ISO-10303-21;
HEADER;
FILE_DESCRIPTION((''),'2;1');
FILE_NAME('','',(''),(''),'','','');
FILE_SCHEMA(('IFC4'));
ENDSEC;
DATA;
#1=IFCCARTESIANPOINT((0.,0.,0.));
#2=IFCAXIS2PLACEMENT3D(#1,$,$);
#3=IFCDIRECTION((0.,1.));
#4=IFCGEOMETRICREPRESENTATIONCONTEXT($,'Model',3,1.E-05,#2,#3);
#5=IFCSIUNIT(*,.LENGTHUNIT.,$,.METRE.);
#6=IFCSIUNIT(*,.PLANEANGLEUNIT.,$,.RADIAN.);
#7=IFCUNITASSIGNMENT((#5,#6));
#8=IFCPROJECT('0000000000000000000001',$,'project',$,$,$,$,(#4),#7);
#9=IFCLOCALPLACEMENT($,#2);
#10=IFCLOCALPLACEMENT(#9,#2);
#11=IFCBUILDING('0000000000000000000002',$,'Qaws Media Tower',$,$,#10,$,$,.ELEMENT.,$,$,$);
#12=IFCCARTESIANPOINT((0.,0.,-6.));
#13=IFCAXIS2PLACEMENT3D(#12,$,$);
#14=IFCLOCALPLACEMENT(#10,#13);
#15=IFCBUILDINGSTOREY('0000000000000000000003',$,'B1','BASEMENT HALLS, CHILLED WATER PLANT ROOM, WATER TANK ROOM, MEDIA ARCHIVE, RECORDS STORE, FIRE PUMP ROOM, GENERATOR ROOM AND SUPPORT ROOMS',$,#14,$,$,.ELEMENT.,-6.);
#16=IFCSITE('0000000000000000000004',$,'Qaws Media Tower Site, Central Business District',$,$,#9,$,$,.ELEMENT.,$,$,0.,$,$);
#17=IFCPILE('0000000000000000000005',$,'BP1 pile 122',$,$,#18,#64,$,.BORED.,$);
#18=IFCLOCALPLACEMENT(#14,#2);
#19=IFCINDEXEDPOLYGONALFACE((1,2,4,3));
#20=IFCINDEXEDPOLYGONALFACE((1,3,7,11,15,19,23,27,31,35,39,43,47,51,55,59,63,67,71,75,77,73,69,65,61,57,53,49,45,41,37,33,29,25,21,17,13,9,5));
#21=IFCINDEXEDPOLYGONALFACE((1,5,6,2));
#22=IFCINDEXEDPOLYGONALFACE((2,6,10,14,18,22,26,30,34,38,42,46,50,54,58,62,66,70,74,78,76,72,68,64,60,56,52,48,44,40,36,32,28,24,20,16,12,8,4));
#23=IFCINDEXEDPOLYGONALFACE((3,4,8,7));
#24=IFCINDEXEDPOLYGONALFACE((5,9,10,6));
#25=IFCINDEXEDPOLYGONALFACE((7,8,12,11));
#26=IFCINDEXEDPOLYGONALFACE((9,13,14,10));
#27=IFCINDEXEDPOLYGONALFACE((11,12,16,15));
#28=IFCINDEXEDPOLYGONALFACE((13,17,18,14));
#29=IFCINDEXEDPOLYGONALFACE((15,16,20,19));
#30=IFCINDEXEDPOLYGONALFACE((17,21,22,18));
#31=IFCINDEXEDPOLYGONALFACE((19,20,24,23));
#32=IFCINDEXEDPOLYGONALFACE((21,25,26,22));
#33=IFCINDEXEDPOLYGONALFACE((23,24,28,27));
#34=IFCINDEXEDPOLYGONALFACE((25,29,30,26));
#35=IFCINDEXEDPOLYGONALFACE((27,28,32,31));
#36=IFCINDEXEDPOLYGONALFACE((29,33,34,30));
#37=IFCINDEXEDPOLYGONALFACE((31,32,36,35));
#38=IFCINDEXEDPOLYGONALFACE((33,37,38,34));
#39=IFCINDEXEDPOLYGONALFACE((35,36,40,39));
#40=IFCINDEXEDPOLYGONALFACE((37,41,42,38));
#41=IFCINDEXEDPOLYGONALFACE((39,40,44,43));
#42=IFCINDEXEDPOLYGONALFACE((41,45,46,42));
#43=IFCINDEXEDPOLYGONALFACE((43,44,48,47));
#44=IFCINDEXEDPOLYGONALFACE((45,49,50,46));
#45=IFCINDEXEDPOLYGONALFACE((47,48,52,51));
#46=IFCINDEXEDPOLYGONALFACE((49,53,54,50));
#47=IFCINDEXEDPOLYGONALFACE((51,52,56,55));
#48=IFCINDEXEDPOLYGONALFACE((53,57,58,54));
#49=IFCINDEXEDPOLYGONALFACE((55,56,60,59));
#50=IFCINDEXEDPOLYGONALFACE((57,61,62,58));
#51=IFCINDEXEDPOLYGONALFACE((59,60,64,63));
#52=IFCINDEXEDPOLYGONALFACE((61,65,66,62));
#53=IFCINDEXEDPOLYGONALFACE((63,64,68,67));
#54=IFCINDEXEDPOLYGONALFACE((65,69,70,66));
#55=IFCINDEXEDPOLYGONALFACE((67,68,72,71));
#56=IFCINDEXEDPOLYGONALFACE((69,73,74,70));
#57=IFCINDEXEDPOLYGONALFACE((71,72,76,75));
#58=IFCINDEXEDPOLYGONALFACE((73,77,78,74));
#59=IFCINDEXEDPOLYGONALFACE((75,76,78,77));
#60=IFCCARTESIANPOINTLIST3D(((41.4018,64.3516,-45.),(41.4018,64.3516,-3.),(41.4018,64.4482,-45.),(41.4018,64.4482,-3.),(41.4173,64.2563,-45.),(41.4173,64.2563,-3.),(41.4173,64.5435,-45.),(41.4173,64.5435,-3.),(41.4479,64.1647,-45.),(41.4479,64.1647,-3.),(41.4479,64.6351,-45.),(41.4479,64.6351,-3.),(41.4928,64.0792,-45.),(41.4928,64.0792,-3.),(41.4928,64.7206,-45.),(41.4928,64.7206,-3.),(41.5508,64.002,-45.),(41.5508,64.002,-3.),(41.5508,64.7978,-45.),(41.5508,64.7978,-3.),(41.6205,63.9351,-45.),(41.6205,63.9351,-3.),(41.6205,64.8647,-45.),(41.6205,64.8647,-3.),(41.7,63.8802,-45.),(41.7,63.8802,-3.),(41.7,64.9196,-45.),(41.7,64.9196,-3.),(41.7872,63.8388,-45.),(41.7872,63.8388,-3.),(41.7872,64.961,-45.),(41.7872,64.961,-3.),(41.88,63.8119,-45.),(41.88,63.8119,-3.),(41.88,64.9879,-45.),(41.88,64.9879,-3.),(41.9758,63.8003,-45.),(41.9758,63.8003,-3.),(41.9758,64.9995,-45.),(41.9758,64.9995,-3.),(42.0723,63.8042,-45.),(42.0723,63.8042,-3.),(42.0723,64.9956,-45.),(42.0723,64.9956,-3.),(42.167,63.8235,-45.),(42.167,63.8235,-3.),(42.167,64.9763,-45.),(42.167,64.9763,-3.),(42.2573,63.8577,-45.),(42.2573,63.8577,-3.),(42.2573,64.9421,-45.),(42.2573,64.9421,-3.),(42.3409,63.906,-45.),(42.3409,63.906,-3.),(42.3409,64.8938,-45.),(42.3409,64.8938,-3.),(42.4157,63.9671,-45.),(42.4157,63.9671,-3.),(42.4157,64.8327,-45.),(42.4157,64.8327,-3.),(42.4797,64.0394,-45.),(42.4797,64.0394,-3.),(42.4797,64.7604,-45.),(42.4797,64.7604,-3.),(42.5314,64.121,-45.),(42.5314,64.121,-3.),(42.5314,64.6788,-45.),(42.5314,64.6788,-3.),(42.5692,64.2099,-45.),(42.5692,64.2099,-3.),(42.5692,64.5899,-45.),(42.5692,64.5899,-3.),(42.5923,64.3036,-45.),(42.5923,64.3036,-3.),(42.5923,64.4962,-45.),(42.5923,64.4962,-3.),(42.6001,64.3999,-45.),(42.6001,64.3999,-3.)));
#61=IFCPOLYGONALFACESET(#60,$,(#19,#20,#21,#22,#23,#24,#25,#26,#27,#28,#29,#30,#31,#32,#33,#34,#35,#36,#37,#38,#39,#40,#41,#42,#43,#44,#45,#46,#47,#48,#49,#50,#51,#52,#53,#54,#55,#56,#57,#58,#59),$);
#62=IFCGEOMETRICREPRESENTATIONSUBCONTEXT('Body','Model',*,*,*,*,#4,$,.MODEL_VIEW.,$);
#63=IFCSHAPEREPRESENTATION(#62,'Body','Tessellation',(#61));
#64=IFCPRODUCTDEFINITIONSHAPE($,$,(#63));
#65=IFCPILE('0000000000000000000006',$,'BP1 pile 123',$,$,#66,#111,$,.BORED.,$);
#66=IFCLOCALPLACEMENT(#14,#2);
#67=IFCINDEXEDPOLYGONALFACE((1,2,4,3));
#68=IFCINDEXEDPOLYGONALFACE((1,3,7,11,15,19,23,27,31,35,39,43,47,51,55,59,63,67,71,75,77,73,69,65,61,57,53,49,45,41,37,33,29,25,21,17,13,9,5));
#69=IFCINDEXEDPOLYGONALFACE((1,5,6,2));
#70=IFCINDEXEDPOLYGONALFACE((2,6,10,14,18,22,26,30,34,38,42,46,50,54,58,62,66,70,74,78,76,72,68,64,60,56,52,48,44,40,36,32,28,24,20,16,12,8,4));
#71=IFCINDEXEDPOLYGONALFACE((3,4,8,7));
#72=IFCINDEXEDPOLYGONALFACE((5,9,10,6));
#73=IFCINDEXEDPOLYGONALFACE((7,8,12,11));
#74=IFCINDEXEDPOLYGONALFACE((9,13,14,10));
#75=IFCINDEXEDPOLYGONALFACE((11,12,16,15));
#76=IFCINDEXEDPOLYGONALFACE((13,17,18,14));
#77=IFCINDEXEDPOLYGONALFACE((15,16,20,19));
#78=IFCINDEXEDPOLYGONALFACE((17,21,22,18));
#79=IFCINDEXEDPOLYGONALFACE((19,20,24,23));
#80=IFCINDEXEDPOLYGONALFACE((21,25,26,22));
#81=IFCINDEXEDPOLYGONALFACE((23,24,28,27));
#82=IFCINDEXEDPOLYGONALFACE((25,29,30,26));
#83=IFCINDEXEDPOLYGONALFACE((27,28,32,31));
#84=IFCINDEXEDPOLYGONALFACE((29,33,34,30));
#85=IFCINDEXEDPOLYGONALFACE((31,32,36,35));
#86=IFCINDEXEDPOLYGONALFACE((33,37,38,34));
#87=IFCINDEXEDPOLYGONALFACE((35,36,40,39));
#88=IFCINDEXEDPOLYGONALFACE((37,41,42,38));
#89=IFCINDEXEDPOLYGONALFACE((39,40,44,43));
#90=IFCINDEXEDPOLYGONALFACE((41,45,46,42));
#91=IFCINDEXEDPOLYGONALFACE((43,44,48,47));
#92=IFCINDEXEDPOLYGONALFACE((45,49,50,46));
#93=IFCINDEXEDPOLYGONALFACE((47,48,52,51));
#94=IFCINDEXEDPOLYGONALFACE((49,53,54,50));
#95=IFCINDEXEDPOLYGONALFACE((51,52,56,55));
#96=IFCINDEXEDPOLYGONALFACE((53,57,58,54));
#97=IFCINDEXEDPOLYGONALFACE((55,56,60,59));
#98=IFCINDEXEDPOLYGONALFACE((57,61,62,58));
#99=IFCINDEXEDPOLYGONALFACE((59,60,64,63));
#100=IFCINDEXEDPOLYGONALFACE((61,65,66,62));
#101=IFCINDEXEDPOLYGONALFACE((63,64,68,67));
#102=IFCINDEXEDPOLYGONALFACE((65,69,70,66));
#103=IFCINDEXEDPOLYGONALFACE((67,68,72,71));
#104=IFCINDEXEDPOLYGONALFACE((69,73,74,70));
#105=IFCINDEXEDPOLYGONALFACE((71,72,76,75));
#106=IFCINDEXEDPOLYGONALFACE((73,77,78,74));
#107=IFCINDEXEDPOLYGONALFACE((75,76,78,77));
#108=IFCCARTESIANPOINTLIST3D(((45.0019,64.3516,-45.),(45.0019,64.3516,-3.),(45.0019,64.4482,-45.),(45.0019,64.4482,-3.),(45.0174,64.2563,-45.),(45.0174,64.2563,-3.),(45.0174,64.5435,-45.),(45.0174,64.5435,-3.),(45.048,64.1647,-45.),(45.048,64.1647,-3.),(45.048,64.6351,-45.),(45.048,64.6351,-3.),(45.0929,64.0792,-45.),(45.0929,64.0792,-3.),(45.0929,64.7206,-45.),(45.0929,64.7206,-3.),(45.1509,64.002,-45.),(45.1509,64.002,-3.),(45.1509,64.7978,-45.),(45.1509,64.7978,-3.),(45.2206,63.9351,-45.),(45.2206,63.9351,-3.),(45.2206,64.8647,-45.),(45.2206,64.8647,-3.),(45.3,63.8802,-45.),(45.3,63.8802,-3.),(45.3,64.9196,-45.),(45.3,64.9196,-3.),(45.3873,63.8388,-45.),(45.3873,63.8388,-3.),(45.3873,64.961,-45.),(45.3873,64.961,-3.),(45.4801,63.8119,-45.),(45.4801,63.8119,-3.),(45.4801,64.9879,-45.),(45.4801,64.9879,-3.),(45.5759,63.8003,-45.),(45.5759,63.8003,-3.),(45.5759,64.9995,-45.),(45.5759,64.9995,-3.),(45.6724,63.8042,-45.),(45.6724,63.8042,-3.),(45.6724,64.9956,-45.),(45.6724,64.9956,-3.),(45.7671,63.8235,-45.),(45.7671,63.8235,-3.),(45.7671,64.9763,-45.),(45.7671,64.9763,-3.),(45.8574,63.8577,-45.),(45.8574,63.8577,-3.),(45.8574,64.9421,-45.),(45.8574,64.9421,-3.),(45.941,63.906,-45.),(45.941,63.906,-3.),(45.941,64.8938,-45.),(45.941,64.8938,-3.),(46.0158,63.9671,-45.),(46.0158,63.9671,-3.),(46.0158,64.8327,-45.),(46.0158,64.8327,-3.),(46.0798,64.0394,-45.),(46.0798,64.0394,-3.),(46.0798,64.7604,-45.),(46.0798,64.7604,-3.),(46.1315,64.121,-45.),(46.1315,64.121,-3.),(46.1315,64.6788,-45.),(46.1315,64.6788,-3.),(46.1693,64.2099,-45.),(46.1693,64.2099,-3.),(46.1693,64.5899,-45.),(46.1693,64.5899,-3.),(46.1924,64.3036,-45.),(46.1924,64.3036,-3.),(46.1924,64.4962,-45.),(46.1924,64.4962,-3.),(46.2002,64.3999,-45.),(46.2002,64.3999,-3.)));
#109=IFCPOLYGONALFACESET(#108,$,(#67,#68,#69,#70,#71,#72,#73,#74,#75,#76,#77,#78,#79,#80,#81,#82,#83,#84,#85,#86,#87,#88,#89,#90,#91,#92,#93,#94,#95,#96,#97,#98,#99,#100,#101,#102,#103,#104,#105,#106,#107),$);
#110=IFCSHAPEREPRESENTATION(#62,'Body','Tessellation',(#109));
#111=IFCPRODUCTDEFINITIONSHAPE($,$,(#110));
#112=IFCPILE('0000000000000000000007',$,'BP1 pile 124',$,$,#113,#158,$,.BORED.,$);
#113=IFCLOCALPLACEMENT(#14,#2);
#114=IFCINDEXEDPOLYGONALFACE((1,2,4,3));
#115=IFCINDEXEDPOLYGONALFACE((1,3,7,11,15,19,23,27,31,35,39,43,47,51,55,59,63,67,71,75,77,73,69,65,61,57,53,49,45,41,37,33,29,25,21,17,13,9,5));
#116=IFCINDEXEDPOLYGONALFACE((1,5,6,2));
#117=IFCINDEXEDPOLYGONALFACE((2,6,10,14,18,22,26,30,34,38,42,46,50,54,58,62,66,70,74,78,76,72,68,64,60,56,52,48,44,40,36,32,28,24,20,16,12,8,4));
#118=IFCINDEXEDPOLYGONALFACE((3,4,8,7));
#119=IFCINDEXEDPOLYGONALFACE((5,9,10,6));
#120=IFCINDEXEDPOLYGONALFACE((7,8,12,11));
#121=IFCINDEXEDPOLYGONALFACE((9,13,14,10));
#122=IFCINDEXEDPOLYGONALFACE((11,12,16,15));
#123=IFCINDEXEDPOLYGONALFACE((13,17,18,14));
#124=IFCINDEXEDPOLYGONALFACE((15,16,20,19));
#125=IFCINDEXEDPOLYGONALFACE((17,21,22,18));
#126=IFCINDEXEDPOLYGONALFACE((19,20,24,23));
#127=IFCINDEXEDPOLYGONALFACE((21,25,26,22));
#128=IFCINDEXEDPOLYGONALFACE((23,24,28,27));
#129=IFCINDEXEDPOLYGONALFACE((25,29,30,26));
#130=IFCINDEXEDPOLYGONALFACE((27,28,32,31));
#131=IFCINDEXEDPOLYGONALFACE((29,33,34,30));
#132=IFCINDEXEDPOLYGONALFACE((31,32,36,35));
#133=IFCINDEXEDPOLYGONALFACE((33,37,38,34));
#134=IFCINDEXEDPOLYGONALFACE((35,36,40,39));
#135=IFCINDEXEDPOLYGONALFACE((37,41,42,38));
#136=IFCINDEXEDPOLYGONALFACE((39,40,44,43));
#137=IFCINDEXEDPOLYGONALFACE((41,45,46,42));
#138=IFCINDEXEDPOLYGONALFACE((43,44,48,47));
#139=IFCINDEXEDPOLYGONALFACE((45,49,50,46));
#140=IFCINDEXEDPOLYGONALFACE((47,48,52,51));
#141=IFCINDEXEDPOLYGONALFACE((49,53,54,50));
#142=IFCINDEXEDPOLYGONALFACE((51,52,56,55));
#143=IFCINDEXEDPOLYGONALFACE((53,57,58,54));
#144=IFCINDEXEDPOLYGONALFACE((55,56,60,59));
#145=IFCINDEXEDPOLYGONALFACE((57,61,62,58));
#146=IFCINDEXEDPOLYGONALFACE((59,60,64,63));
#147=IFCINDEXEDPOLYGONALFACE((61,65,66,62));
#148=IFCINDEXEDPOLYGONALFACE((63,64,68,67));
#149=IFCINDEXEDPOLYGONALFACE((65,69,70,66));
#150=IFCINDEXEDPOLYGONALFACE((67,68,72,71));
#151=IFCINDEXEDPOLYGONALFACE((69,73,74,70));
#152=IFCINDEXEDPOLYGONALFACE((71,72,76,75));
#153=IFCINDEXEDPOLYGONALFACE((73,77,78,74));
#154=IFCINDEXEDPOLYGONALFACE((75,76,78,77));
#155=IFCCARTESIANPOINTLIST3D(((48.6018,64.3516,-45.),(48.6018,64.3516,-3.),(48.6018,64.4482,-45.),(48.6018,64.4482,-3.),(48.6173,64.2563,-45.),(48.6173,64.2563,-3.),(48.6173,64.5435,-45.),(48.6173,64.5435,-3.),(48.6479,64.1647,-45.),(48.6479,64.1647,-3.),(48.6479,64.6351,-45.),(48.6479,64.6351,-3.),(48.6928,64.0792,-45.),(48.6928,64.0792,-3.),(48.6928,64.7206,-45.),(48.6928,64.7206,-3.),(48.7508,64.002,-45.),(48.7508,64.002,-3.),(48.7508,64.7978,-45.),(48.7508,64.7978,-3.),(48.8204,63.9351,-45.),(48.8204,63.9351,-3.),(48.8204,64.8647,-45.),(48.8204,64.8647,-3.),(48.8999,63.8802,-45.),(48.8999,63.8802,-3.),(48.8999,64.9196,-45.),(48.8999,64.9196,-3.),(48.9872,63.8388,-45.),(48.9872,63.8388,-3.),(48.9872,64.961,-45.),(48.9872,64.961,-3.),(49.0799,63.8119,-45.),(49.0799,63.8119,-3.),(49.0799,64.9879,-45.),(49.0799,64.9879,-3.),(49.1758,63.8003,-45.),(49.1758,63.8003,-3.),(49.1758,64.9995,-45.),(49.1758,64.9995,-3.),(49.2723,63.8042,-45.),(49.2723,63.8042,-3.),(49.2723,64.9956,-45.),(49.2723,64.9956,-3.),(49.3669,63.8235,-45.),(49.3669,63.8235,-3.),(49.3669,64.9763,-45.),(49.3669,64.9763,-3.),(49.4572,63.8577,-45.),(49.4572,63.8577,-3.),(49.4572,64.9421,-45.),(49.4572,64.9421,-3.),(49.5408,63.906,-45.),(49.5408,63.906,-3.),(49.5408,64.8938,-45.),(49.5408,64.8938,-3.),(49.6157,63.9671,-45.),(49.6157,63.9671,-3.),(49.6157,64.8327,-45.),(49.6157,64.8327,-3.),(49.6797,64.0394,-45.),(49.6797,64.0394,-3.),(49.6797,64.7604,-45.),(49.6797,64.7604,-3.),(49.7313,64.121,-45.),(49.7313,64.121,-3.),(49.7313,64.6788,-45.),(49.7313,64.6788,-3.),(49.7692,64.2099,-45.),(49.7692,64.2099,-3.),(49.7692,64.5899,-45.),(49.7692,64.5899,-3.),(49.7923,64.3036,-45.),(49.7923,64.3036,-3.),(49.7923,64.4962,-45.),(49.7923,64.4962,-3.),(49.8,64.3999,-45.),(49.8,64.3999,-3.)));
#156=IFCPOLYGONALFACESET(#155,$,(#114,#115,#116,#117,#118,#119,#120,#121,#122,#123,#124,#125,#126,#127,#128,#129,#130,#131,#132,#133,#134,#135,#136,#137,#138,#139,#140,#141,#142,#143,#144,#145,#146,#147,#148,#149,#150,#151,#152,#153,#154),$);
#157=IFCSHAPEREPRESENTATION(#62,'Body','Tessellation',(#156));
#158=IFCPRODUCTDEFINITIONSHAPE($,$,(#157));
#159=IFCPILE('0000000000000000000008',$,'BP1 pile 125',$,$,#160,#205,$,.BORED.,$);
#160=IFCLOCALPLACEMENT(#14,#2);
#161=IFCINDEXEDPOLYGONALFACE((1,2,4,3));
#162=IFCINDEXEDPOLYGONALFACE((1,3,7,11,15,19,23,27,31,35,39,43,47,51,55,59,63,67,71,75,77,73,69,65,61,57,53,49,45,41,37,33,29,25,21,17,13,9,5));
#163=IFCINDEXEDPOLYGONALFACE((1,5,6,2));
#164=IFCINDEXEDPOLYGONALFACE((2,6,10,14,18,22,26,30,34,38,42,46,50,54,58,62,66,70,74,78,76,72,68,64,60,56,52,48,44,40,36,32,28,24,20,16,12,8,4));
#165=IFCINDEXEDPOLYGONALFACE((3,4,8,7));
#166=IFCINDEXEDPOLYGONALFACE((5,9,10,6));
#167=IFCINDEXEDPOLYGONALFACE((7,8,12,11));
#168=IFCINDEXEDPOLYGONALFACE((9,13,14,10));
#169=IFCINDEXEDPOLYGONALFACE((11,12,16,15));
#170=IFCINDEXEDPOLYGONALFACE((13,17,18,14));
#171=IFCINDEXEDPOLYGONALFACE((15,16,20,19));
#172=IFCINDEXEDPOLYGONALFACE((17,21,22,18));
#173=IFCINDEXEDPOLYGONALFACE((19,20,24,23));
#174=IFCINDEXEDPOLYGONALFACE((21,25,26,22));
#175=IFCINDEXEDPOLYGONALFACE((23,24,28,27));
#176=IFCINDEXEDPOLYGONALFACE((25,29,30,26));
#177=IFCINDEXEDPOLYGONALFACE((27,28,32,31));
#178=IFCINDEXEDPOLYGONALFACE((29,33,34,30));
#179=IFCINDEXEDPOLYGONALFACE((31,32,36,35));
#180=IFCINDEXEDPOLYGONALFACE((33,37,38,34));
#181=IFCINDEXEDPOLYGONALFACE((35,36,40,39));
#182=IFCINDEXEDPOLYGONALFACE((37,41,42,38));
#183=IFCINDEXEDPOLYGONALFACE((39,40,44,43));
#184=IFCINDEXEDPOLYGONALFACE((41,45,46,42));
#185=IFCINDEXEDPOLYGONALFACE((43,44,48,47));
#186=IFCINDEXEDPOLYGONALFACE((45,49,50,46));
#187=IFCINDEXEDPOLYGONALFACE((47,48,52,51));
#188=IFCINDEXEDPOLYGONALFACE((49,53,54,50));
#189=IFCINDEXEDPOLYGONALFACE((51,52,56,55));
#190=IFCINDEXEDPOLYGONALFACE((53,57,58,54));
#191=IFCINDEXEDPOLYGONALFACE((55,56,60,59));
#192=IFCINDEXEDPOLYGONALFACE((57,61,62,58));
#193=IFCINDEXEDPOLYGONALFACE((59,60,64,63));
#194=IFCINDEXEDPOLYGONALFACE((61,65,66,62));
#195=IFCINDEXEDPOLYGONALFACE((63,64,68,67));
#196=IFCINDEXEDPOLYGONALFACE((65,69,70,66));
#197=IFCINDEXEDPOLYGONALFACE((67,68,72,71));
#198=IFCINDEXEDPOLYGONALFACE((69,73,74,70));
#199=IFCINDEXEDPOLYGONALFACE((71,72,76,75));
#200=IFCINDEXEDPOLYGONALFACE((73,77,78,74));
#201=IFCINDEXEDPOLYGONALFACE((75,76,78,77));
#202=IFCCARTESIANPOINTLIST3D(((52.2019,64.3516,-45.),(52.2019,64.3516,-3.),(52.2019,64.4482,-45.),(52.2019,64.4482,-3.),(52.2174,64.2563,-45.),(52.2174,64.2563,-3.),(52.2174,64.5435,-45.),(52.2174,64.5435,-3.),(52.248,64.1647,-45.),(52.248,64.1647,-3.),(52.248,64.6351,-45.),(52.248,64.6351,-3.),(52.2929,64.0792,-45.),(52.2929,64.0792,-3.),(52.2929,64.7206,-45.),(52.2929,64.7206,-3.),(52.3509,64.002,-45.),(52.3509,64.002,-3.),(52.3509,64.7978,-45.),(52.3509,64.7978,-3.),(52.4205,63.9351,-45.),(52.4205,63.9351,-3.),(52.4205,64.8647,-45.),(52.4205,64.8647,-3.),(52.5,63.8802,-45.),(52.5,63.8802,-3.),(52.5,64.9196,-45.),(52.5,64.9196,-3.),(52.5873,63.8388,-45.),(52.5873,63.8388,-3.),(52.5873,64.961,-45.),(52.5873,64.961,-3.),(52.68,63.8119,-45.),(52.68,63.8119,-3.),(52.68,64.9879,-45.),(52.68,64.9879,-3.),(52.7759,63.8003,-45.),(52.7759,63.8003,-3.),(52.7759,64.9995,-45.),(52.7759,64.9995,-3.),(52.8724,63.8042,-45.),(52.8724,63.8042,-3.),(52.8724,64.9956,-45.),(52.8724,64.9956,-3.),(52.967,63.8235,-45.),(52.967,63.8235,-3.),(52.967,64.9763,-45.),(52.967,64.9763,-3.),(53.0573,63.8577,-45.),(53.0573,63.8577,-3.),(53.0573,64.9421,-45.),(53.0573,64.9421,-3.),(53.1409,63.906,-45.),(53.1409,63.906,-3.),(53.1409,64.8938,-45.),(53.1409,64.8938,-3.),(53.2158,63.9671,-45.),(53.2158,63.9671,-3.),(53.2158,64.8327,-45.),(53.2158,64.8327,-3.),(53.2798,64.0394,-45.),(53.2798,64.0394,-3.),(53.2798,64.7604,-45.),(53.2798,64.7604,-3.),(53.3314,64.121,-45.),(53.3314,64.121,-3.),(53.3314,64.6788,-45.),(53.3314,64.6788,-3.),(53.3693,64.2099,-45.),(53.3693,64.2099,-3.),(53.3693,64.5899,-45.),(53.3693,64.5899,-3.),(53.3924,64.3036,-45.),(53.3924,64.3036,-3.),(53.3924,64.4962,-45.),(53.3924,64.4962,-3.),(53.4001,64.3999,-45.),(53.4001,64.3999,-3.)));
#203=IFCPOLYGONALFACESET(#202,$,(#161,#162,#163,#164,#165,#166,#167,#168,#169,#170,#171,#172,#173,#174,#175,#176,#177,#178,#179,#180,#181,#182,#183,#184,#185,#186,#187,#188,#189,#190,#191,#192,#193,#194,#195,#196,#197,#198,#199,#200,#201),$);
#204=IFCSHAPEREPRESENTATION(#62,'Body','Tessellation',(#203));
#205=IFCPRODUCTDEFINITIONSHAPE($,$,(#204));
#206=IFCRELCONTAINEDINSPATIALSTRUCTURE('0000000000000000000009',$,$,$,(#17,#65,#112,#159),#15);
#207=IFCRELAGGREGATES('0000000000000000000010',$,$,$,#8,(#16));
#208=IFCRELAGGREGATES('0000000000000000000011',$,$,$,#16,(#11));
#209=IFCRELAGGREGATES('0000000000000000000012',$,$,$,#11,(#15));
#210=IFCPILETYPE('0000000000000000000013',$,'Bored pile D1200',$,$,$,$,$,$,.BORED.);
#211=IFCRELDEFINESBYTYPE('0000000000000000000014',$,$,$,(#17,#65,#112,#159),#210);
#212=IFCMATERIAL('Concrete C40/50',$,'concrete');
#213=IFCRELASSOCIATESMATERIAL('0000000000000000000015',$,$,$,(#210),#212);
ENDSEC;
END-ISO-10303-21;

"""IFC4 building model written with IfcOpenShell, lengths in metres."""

from ifc_helpers import new_model, si_unit, direction, frame, origin, origin_2d, place, context, subcontext, project, spatial, circle, extrude, material, material_profile, profile_set, type_object, element, save


model = new_model("IFC4")

# Units and contexts
model_context = context("Model", 3, precision=1e-05, world=origin(), true_north=direction((0.0, 1.0)))
body_context = subcontext(model_context, "Body", "Model", "MODEL_VIEW")
ifc_project = project(units=[si_unit("LENGTHUNIT", "METRE"), si_unit("PLANEANGLEUNIT", "RADIAN")], contexts=[model_context])

# Site, building, storey
site_placement = place(None, origin())
site = spatial("IfcSite", under=ifc_project, at=site_placement, Name="Qaws Media Tower Site, Central Business District", CompositionType="ELEMENT", RefElevation=0.0)
building_placement = place(site_placement, origin())
building = spatial("IfcBuilding", under=site, at=building_placement, Name="Qaws Media Tower", CompositionType="ELEMENT")
storey_placement = place(building_placement, frame((0.0, 0.0, -6.0)))
storey = spatial("IfcBuildingStorey", under=building, at=storey_placement, Name="B1", Description="BASEMENT HALLS, CHILLED WATER PLANT ROOM, WATER TANK ROOM, MEDIA ARCHIVE, RECORDS STORE, FIRE PUMP ROOM, GENERATOR ROOM AND SUPPORT ROOMS", CompositionType="ELEMENT", Elevation=-6.0)

# Piles
ifc_material_1 = material(Name="Concrete C40/50", Category="concrete")
ifc_material_profile_1 = material_profile(ifc_material_1, circle(Radius=0.6001, at=origin_2d()), Name="D1200")
ifc_profile_set_1 = profile_set([ifc_material_profile_1], Name="Concrete C40/50")
pile_type = type_object("IfcPileType", Name="Bored pile D1200", PredefinedType="BORED", material=ifc_profile_set_1)
for number, where, z_axis, x_axis, name in (
    (1, (42.0, 64.3999, -3.0), (0.0, 0.0, -1.0), (1.0, 0.0, 0.0), "BP1 pile 122"),
    (2, (45.6001, 64.3999, -3.0), (0.0, 0.0, -1.0), (1.0, 0.0, 0.0), "BP1 pile 123"),
    (3, (49.2, 64.3999, -3.0), (0.0, 0.0, -1.0), (1.0, 0.0, 0.0), "BP1 pile 124"),
    (4, (52.8, 64.3999, -3.0), (0.0, 0.0, -1.0), (1.0, 0.0, 0.0), "BP1 pile 125"),
):
    element("IfcPile", number, at=place(storey_placement, frame(where, z_axis=z_axis, x_axis=x_axis)), inside=storey, type_object=pile_type, Name=name, PredefinedType="BORED", context=body_context, shape_type="SweptSolid", body=[
        extrude(circle(Radius=0.6001, at=origin_2d()), origin(), (0.0, 0.0, 1.0), 42.0),
    ])

save(model, "model.ifc")
